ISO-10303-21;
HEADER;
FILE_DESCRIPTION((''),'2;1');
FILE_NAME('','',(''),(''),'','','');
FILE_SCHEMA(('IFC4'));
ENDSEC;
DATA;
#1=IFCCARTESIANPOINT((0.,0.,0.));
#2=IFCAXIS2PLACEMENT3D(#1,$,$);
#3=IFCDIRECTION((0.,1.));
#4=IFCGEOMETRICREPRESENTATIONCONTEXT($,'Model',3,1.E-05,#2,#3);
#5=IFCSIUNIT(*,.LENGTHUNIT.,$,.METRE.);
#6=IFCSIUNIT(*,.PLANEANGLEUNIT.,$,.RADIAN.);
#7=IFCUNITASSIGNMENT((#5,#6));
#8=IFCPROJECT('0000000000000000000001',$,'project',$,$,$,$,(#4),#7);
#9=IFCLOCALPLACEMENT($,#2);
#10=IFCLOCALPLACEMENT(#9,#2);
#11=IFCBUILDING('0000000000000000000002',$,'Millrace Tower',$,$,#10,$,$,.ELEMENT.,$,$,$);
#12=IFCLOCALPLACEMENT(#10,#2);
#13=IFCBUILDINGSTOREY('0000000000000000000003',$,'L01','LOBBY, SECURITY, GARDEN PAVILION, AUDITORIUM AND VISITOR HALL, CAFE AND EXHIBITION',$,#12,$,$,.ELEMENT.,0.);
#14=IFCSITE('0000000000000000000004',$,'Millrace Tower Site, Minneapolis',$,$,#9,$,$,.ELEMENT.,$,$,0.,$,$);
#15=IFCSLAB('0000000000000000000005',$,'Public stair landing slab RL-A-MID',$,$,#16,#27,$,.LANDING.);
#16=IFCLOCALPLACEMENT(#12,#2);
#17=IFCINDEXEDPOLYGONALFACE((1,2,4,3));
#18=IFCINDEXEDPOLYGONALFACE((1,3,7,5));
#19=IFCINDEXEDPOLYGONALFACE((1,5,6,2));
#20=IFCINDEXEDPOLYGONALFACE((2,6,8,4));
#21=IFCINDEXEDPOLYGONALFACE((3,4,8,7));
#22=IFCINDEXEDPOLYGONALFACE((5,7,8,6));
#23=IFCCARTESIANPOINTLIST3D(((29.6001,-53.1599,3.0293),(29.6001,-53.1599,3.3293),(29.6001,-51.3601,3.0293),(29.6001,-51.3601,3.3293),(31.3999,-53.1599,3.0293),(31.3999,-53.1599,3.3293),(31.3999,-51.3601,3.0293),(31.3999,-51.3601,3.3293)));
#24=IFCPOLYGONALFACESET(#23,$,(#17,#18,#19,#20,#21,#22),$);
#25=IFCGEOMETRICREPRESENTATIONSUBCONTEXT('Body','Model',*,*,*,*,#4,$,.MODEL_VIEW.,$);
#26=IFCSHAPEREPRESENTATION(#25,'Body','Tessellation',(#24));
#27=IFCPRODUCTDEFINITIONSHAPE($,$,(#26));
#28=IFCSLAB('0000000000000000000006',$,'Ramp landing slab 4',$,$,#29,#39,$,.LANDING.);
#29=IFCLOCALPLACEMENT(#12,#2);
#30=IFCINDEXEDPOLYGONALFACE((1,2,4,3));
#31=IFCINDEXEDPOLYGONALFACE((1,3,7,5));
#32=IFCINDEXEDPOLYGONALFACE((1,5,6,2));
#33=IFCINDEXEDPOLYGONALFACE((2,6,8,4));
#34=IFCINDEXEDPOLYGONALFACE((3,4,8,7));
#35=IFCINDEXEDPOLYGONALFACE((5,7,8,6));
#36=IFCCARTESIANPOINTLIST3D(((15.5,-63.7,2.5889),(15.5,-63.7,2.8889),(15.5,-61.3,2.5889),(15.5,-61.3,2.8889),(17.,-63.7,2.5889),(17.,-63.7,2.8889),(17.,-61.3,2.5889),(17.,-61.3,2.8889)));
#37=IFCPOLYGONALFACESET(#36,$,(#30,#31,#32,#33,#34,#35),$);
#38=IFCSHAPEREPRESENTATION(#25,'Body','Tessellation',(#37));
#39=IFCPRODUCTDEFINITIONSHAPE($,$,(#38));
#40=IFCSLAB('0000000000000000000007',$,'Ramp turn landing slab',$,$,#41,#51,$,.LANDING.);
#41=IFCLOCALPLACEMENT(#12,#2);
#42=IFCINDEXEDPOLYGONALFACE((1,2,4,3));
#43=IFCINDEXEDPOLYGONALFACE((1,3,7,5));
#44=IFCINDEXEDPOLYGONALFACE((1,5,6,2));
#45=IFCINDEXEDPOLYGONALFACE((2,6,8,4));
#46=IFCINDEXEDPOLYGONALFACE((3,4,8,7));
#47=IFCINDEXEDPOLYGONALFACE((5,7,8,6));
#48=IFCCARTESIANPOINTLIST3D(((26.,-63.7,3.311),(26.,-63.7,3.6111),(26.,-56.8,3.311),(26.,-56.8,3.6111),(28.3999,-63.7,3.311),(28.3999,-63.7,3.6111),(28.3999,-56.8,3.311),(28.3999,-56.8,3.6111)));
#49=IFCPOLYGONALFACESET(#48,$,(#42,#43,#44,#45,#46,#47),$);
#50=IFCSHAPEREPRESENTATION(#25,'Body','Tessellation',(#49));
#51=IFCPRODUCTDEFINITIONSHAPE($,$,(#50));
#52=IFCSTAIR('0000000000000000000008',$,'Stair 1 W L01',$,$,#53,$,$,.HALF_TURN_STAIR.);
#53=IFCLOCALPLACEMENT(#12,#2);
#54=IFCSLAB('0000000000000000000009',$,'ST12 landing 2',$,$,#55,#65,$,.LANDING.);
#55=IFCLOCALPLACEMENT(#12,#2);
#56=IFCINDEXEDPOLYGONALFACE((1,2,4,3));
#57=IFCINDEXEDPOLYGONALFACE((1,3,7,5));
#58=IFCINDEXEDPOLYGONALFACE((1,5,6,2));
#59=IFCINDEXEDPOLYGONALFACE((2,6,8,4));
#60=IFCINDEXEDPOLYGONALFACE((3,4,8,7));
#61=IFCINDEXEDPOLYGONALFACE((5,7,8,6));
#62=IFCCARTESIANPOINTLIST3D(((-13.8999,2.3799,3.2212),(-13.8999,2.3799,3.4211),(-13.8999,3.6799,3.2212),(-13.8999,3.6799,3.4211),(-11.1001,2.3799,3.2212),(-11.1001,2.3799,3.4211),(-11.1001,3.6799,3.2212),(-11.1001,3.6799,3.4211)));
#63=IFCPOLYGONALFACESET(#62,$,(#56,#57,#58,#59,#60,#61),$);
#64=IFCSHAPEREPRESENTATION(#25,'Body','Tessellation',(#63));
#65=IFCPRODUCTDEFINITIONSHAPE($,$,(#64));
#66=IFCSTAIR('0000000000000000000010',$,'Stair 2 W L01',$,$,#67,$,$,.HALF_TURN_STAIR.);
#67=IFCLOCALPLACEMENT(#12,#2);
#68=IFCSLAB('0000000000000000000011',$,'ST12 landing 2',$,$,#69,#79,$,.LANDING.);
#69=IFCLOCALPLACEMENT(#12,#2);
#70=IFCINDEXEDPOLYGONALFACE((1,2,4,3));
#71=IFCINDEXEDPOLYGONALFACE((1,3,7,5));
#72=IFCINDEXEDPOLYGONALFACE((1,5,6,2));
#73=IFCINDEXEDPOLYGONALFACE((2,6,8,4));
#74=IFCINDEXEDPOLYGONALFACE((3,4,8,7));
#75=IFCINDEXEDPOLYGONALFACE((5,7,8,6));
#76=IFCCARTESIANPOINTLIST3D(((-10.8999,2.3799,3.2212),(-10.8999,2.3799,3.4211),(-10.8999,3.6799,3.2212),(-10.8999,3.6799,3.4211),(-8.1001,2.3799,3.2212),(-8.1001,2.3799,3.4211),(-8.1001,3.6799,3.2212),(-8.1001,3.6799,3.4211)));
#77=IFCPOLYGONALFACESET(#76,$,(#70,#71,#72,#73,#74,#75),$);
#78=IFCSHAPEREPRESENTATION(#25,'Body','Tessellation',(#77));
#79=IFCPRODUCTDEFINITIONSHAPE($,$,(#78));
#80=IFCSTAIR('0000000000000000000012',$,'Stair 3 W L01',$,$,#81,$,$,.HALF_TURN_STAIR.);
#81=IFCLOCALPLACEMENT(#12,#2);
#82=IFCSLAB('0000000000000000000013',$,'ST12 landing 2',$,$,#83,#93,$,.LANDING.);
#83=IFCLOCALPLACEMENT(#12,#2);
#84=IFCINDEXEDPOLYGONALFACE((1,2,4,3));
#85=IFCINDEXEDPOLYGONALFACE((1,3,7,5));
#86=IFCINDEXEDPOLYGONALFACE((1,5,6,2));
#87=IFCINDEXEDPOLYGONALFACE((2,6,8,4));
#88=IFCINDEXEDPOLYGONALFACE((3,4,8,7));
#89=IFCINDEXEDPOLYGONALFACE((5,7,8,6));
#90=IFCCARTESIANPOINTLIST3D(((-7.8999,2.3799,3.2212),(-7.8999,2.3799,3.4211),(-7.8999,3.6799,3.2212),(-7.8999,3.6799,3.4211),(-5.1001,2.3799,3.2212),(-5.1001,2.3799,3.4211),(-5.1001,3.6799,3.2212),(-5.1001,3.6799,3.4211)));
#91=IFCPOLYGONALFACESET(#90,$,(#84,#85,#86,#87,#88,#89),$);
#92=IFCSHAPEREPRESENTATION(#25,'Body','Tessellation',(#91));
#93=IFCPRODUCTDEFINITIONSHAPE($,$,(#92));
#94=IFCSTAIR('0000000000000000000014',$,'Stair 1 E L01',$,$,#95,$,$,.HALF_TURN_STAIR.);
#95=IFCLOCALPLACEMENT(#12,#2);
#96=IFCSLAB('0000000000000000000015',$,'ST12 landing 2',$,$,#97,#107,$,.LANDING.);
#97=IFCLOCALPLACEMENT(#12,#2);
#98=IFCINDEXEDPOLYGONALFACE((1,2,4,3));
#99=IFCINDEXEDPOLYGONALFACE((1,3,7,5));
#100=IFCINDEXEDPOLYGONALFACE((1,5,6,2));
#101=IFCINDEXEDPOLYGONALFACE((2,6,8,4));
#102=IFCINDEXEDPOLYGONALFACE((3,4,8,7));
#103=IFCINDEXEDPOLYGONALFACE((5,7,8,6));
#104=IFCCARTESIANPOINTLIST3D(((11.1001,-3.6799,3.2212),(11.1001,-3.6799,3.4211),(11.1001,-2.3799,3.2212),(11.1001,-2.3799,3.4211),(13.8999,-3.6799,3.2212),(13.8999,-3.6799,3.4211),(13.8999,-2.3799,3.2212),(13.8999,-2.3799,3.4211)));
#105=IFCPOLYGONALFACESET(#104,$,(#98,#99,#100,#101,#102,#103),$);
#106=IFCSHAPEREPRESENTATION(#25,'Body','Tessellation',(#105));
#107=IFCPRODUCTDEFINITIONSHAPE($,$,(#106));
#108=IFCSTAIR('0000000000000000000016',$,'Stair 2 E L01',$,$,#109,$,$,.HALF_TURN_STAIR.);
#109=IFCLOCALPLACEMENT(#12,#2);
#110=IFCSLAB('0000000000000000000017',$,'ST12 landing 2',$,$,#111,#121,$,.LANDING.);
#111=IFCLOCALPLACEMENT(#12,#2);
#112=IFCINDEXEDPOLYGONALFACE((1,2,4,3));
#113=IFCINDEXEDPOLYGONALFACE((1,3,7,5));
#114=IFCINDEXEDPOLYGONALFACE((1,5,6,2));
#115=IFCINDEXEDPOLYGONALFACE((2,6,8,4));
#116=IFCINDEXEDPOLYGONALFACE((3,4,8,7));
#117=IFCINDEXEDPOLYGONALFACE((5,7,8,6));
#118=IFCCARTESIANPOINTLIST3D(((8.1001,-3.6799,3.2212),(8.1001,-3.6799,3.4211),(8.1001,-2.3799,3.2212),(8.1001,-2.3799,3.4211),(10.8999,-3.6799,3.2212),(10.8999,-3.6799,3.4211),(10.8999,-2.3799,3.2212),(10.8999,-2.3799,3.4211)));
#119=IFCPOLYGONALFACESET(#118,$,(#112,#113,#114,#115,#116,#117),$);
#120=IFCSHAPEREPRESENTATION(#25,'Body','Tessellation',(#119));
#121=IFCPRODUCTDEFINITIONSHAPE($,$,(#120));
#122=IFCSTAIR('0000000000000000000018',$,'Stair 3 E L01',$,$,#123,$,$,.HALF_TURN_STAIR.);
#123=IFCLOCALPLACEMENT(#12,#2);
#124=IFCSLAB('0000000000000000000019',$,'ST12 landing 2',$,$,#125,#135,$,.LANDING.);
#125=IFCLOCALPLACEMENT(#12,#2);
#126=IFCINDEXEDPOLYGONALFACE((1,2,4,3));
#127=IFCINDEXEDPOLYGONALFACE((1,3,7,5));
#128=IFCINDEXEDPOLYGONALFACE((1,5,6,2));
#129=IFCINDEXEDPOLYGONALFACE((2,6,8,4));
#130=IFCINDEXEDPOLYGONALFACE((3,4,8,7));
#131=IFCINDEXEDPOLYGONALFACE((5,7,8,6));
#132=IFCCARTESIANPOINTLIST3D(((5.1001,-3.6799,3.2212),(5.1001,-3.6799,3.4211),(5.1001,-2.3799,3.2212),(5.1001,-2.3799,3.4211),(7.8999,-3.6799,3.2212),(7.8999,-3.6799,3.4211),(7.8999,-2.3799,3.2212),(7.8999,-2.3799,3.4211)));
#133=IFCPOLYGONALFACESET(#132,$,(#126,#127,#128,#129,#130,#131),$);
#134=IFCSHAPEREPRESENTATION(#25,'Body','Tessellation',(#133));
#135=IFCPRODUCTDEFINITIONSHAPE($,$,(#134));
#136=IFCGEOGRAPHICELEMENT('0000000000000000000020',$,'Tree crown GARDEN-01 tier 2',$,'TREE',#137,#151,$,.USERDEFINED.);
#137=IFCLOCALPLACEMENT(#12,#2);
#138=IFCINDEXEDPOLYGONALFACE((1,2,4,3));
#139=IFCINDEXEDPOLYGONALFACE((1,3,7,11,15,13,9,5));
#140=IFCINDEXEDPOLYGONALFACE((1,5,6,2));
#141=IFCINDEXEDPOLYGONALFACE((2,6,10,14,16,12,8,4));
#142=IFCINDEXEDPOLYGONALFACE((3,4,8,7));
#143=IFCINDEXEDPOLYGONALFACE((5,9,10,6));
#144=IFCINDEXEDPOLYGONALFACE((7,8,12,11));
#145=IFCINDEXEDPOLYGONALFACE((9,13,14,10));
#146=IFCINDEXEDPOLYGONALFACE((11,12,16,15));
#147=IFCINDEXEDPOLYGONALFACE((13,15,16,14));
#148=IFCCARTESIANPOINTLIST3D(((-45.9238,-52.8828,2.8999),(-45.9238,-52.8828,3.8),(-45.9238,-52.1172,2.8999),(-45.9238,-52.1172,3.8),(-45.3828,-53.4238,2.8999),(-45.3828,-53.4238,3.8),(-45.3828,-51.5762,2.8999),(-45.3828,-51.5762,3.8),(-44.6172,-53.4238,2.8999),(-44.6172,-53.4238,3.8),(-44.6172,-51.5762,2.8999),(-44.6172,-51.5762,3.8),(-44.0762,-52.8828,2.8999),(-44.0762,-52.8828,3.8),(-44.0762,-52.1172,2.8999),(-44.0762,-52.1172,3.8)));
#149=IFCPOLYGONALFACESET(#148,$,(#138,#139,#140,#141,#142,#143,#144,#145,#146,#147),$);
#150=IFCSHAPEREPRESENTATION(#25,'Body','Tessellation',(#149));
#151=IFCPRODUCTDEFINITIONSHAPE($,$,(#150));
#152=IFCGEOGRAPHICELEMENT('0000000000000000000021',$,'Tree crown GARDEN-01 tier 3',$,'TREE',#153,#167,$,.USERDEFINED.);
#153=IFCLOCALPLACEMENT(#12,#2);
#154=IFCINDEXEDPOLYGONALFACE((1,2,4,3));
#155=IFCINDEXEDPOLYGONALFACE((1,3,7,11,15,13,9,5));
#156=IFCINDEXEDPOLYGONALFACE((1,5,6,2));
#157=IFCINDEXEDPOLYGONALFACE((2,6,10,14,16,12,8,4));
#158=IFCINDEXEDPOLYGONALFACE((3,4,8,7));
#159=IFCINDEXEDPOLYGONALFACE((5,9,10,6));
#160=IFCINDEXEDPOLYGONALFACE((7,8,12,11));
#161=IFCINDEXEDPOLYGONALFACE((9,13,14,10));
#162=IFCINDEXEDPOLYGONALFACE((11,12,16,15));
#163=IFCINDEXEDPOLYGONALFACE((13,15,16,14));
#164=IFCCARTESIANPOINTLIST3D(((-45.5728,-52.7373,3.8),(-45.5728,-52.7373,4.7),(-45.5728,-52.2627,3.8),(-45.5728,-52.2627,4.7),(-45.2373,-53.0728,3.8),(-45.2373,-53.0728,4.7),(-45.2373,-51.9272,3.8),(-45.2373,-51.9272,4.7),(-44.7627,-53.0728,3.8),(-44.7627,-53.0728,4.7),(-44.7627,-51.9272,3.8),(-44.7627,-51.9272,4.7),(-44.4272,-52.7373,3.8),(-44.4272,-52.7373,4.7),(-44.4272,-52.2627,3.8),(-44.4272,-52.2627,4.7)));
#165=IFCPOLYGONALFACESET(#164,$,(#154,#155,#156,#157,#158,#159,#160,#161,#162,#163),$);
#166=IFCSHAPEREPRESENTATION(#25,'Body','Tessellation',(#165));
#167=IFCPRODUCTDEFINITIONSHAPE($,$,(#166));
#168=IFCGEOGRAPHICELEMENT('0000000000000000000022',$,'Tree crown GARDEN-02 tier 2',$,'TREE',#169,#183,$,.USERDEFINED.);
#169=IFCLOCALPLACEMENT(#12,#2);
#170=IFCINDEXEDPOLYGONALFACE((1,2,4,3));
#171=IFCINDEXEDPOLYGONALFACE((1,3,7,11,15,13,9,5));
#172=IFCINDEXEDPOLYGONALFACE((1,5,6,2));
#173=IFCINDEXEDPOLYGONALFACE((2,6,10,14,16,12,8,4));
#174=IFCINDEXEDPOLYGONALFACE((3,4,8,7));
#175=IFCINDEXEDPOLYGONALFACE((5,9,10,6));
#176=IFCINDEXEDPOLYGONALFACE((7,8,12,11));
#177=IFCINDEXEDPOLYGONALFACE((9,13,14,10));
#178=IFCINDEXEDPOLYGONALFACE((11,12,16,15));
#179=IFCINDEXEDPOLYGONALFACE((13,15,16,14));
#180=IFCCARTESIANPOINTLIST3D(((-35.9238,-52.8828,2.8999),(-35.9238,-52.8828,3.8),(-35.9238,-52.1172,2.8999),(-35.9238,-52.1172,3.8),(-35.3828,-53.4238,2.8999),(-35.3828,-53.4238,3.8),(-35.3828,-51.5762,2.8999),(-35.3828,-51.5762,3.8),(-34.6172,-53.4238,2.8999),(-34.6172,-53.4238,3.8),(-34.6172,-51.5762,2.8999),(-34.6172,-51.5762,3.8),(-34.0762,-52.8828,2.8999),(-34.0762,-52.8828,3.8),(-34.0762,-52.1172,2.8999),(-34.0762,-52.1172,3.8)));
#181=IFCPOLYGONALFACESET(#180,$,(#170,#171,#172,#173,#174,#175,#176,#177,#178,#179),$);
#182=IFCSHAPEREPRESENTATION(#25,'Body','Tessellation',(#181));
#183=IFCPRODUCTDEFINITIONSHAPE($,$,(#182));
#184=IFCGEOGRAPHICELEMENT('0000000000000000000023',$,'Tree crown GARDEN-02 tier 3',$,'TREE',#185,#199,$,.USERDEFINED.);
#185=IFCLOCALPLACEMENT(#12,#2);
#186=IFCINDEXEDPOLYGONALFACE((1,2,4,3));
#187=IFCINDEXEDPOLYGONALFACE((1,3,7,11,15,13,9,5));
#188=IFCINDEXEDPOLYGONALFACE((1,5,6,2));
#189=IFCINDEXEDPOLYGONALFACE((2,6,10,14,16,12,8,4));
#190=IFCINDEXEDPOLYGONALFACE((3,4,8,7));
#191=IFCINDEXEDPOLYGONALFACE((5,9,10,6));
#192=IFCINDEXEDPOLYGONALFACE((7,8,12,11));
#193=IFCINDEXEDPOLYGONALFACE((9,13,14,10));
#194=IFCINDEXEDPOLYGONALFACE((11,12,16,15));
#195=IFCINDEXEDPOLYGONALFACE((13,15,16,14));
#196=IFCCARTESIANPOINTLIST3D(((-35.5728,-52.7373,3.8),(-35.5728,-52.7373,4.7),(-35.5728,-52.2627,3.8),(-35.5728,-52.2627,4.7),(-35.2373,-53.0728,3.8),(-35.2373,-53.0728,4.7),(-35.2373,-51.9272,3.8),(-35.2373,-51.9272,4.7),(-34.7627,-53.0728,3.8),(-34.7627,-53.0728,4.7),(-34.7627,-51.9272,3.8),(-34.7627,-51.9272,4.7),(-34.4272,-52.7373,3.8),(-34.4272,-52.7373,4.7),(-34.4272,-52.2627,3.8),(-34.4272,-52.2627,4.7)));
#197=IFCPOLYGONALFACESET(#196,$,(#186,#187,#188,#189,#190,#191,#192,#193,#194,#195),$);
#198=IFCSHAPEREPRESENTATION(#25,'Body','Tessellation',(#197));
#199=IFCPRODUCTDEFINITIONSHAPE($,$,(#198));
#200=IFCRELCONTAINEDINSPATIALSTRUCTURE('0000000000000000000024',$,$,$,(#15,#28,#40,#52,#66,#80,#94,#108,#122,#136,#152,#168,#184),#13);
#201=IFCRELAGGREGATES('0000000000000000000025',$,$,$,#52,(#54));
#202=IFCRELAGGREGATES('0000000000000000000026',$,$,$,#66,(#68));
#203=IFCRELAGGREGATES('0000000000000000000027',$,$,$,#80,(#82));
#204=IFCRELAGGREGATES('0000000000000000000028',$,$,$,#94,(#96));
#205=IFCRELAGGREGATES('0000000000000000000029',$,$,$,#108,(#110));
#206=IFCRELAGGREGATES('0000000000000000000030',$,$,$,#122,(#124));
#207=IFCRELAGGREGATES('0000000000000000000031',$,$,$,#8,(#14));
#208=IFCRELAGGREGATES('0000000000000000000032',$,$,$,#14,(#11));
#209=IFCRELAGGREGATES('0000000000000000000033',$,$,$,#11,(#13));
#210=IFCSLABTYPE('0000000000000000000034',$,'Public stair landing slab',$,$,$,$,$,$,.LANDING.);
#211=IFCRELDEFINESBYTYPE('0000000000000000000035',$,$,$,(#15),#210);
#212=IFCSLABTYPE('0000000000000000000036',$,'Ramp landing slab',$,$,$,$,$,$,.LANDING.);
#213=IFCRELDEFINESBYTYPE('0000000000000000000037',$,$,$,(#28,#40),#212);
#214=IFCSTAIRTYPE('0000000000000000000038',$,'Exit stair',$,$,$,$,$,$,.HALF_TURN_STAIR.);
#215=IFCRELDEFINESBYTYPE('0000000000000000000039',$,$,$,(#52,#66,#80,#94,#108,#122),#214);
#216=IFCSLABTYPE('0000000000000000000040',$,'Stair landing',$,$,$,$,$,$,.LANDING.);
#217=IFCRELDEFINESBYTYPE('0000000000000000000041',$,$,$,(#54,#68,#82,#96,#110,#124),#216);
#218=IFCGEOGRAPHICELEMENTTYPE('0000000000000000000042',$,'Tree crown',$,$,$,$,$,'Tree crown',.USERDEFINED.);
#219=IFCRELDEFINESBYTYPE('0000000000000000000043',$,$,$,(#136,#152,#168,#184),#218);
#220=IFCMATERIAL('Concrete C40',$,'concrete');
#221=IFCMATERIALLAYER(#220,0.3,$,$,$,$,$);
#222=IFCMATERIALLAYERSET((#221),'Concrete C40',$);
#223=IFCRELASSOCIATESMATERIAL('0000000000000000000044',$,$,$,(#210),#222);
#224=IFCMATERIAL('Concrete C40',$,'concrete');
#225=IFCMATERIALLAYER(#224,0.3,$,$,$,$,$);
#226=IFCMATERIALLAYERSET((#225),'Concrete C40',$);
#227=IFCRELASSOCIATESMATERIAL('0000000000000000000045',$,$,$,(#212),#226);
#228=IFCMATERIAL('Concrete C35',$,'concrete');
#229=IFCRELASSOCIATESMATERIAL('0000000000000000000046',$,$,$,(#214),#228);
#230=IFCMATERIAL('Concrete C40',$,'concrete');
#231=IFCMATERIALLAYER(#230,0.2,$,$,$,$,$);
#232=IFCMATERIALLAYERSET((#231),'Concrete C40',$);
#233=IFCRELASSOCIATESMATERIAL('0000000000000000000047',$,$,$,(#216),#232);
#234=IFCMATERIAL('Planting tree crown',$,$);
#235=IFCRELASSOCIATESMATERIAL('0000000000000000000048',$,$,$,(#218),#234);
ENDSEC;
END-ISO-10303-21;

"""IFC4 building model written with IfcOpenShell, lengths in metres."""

from ifc_helpers import new_model, si_unit, direction, frame, origin, place, context, subcontext, project, spatial, polyline, outline, extrude, material, layer, layer_set, type_object, element, aggregate, save


model = new_model("IFC4")

# Units and contexts
model_context = context("Model", 3, precision=1e-05, world=origin(), true_north=direction((0.0, 1.0)))
body_context = subcontext(model_context, "Body", "Model", "MODEL_VIEW")
ifc_project = project(units=[si_unit("LENGTHUNIT", "METRE"), si_unit("PLANEANGLEUNIT", "RADIAN")], contexts=[model_context])

# Site, building, storey
site_placement = place(None, origin())
site = spatial("IfcSite", under=ifc_project, at=site_placement, Name="Millrace Tower Site, Minneapolis", CompositionType="ELEMENT", RefElevation=0.0)
building_placement = place(site_placement, origin())
building = spatial("IfcBuilding", under=site, at=building_placement, Name="Millrace Tower", CompositionType="ELEMENT")
storey_placement = place(building_placement, origin())
storey = spatial("IfcBuildingStorey", under=building, at=storey_placement, Name="L01", Description="LOBBY, SECURITY, GARDEN PAVILION, AUDITORIUM AND VISITOR HALL, CAFE AND EXHIBITION", CompositionType="ELEMENT", Elevation=0.0)

# Slabs
ifc_material_1 = material(Name="Concrete C40", Category="concrete")
ifc_layer_1 = layer(ifc_material_1, 0.3)
ifc_layer_set_1 = layer_set([ifc_layer_1], Name="Concrete C40")
slab_type_1 = type_object("IfcSlabType", Name="Public stair landing slab", PredefinedType="LANDING", material=ifc_layer_set_1)
slab_1_placement = place(storey_placement, frame((0.0, 0.0, 3.0293)))
element("IfcSlab", 1, at=slab_1_placement, inside=storey, type_object=slab_type_1, Name="Public stair landing slab RL-A-MID", PredefinedType="LANDING", context=body_context, shape_type="SweptSolid", body=[
    extrude(outline(polyline([(29.6001, -53.1599), (31.3999, -53.1599), (31.3999, -51.3601), (29.6001, -51.3601), (29.6001, -53.1599)])), origin(), (0.0, 0.0, 1.0), 0.3),
])
ifc_material_2 = material(Name="Concrete C40", Category="concrete")
ifc_layer_2 = layer(ifc_material_2, 0.3)
ifc_layer_set_2 = layer_set([ifc_layer_2], Name="Concrete C40")
slab_type_2 = type_object("IfcSlabType", Name="Ramp landing slab", PredefinedType="LANDING", material=ifc_layer_set_2)
slab_2_placement = place(storey_placement, frame((0.0, 0.0, 2.5889)))
element("IfcSlab", 2, at=slab_2_placement, inside=storey, type_object=slab_type_2, Name="Ramp landing slab 4", PredefinedType="LANDING", context=body_context, shape_type="SweptSolid", body=[
    extrude(outline(polyline([(15.5, -63.7), (17.0, -63.7), (17.0, -61.3), (15.5, -61.3), (15.5, -63.7)])), origin(), (0.0, 0.0, 1.0), 0.3),
])
slab_3_placement = place(storey_placement, frame((0.0, 0.0, 3.311)))
element("IfcSlab", 3, at=slab_3_placement, inside=storey, type_object=slab_type_2, Name="Ramp turn landing slab", PredefinedType="LANDING", context=body_context, shape_type="SweptSolid", body=[
    extrude(outline(polyline([(26.0, -63.7), (28.3999, -63.7), (28.3999, -56.8), (26.0, -56.8), (26.0, -63.7)])), origin(), (0.0, 0.0, 1.0), 0.3),
])

# Stairs, slabs
ifc_material_3 = material(Name="Concrete C35", Category="concrete")
stair_type = type_object("IfcStairType", Name="Exit stair", PredefinedType="HALF_TURN_STAIR", material=ifc_material_3)
placement_1 = place(storey_placement, origin())
stair_1 = element("IfcStair", 4, at=placement_1, inside=storey, type_object=stair_type, Name="Stair 1 W L01", PredefinedType="HALF_TURN_STAIR")
ifc_material_4 = material(Name="Concrete C40", Category="concrete")
ifc_layer_3 = layer(ifc_material_4, 0.2)
ifc_layer_set_3 = layer_set([ifc_layer_3], Name="Concrete C40")
slab_type_3 = type_object("IfcSlabType", Name="Stair landing", PredefinedType="LANDING", material=ifc_layer_set_3)
placement_2 = place(storey_placement, frame((0.0, 0.0, 3.2212)))
slab_4 = element("IfcSlab", 5, at=placement_2, type_object=slab_type_3, Name="ST12 landing 2", PredefinedType="LANDING", context=body_context, shape_type="SweptSolid", body=[
    extrude(outline(polyline([(-13.8999, 2.3799), (-11.1001, 2.3799), (-11.1001, 3.6799), (-13.8999, 3.6799), (-13.8999, 2.3799)])), origin(), (0.0, 0.0, 1.0), 0.2),
])
aggregate(stair_1, [slab_4])
stair_2 = element("IfcStair", 6, at=placement_1, inside=storey, type_object=stair_type, Name="Stair 2 W L01", PredefinedType="HALF_TURN_STAIR")
slab_5 = element("IfcSlab", 7, at=placement_2, type_object=slab_type_3, Name="ST12 landing 2", PredefinedType="LANDING", context=body_context, shape_type="SweptSolid", body=[
    extrude(outline(polyline([(-10.8999, 2.3799), (-8.1001, 2.3799), (-8.1001, 3.6799), (-10.8999, 3.6799), (-10.8999, 2.3799)])), origin(), (0.0, 0.0, 1.0), 0.2),
])
aggregate(stair_2, [slab_5])
stair_3 = element("IfcStair", 8, at=placement_1, inside=storey, type_object=stair_type, Name="Stair 3 W L01", PredefinedType="HALF_TURN_STAIR")
slab_6 = element("IfcSlab", 9, at=placement_2, type_object=slab_type_3, Name="ST12 landing 2", PredefinedType="LANDING", context=body_context, shape_type="SweptSolid", body=[
    extrude(outline(polyline([(-7.8999, 2.3799), (-5.1001, 2.3799), (-5.1001, 3.6799), (-7.8999, 3.6799), (-7.8999, 2.3799)])), origin(), (0.0, 0.0, 1.0), 0.2),
])
aggregate(stair_3, [slab_6])
stair_4 = element("IfcStair", 10, at=placement_1, inside=storey, type_object=stair_type, Name="Stair 1 E L01", PredefinedType="HALF_TURN_STAIR")
slab_7 = element("IfcSlab", 11, at=placement_2, type_object=slab_type_3, Name="ST12 landing 2", PredefinedType="LANDING", context=body_context, shape_type="SweptSolid", body=[
    extrude(outline(polyline([(11.1001, -3.6799), (13.8999, -3.6799), (13.8999, -2.3799), (11.1001, -2.3799), (11.1001, -3.6799)])), origin(), (0.0, 0.0, 1.0), 0.2),
])
aggregate(stair_4, [slab_7])
stair_5 = element("IfcStair", 12, at=placement_1, inside=storey, type_object=stair_type, Name="Stair 2 E L01", PredefinedType="HALF_TURN_STAIR")
slab_8 = element("IfcSlab", 13, at=placement_2, type_object=slab_type_3, Name="ST12 landing 2", PredefinedType="LANDING", context=body_context, shape_type="SweptSolid", body=[
    extrude(outline(polyline([(8.1001, -3.6799), (10.8999, -3.6799), (10.8999, -2.3799), (8.1001, -2.3799), (8.1001, -3.6799)])), origin(), (0.0, 0.0, 1.0), 0.2),
])
aggregate(stair_5, [slab_8])
stair_6 = element("IfcStair", 14, at=placement_1, inside=storey, type_object=stair_type, Name="Stair 3 E L01", PredefinedType="HALF_TURN_STAIR")
slab_9 = element("IfcSlab", 15, at=placement_2, type_object=slab_type_3, Name="ST12 landing 2", PredefinedType="LANDING", context=body_context, shape_type="SweptSolid", body=[
    extrude(outline(polyline([(5.1001, -3.6799), (7.8999, -3.6799), (7.8999, -2.3799), (5.1001, -2.3799), (5.1001, -3.6799)])), origin(), (0.0, 0.0, 1.0), 0.2),
])
aggregate(stair_6, [slab_9])

# Geographic elements
ifc_material_5 = material(Name="Planting tree crown")
geographic_element_type = type_object("IfcGeographicElementType", Name="Tree crown", ElementType="Tree crown", PredefinedType="USERDEFINED", material=ifc_material_5)
placement_3 = place(storey_placement, frame((0.0, 0.0, 2.8999)))
element("IfcGeographicElement", 16, at=placement_3, inside=storey, type_object=geographic_element_type, Name="Tree crown GARDEN-01 tier 2", ObjectType="TREE", PredefinedType="USERDEFINED", context=body_context, shape_type="SweptSolid", body=[
    extrude(outline(polyline([(-44.0762, -52.1172), (-44.6172, -51.5762), (-45.3828, -51.5762), (-45.9238, -52.1172), (-45.9238, -52.8828), (-45.3828, -53.4238), (-44.6172, -53.4238), (-44.0762, -52.8828), (-44.0762, -52.1172)])), origin(), (0.0, 0.0, 1.0), 0.9001),
])
placement_4 = place(storey_placement, frame((0.0, 0.0, 3.8)))
element("IfcGeographicElement", 17, at=placement_4, inside=storey, type_object=geographic_element_type, Name="Tree crown GARDEN-01 tier 3", ObjectType="TREE", PredefinedType="USERDEFINED", context=body_context, shape_type="SweptSolid", body=[
    extrude(outline(polyline([(-44.4272, -52.2627), (-44.7627, -51.9272), (-45.2373, -51.9272), (-45.5728, -52.2627), (-45.5728, -52.7373), (-45.2373, -53.0728), (-44.7627, -53.0728), (-44.4272, -52.7373), (-44.4272, -52.2627)])), origin(), (0.0, 0.0, 1.0), 0.8999),
])
element("IfcGeographicElement", 18, at=placement_3, inside=storey, type_object=geographic_element_type, Name="Tree crown GARDEN-02 tier 2", ObjectType="TREE", PredefinedType="USERDEFINED", context=body_context, shape_type="SweptSolid", body=[
    extrude(outline(polyline([(-34.0762, -52.1172), (-34.6172, -51.5762), (-35.3828, -51.5762), (-35.9238, -52.1172), (-35.9238, -52.8828), (-35.3828, -53.4238), (-34.6172, -53.4238), (-34.0762, -52.8828), (-34.0762, -52.1172)])), origin(), (0.0, 0.0, 1.0), 0.9001),
])
element("IfcGeographicElement", 19, at=placement_4, inside=storey, type_object=geographic_element_type, Name="Tree crown GARDEN-02 tier 3", ObjectType="TREE", PredefinedType="USERDEFINED", context=body_context, shape_type="SweptSolid", body=[
    extrude(outline(polyline([(-34.4272, -52.2627), (-34.7627, -51.9272), (-35.2373, -51.9272), (-35.5728, -52.2627), (-35.5728, -52.7373), (-35.2373, -53.0728), (-34.7627, -53.0728), (-34.4272, -52.7373), (-34.4272, -52.2627)])), origin(), (0.0, 0.0, 1.0), 0.8999),
])

save(model, "model.ifc")
